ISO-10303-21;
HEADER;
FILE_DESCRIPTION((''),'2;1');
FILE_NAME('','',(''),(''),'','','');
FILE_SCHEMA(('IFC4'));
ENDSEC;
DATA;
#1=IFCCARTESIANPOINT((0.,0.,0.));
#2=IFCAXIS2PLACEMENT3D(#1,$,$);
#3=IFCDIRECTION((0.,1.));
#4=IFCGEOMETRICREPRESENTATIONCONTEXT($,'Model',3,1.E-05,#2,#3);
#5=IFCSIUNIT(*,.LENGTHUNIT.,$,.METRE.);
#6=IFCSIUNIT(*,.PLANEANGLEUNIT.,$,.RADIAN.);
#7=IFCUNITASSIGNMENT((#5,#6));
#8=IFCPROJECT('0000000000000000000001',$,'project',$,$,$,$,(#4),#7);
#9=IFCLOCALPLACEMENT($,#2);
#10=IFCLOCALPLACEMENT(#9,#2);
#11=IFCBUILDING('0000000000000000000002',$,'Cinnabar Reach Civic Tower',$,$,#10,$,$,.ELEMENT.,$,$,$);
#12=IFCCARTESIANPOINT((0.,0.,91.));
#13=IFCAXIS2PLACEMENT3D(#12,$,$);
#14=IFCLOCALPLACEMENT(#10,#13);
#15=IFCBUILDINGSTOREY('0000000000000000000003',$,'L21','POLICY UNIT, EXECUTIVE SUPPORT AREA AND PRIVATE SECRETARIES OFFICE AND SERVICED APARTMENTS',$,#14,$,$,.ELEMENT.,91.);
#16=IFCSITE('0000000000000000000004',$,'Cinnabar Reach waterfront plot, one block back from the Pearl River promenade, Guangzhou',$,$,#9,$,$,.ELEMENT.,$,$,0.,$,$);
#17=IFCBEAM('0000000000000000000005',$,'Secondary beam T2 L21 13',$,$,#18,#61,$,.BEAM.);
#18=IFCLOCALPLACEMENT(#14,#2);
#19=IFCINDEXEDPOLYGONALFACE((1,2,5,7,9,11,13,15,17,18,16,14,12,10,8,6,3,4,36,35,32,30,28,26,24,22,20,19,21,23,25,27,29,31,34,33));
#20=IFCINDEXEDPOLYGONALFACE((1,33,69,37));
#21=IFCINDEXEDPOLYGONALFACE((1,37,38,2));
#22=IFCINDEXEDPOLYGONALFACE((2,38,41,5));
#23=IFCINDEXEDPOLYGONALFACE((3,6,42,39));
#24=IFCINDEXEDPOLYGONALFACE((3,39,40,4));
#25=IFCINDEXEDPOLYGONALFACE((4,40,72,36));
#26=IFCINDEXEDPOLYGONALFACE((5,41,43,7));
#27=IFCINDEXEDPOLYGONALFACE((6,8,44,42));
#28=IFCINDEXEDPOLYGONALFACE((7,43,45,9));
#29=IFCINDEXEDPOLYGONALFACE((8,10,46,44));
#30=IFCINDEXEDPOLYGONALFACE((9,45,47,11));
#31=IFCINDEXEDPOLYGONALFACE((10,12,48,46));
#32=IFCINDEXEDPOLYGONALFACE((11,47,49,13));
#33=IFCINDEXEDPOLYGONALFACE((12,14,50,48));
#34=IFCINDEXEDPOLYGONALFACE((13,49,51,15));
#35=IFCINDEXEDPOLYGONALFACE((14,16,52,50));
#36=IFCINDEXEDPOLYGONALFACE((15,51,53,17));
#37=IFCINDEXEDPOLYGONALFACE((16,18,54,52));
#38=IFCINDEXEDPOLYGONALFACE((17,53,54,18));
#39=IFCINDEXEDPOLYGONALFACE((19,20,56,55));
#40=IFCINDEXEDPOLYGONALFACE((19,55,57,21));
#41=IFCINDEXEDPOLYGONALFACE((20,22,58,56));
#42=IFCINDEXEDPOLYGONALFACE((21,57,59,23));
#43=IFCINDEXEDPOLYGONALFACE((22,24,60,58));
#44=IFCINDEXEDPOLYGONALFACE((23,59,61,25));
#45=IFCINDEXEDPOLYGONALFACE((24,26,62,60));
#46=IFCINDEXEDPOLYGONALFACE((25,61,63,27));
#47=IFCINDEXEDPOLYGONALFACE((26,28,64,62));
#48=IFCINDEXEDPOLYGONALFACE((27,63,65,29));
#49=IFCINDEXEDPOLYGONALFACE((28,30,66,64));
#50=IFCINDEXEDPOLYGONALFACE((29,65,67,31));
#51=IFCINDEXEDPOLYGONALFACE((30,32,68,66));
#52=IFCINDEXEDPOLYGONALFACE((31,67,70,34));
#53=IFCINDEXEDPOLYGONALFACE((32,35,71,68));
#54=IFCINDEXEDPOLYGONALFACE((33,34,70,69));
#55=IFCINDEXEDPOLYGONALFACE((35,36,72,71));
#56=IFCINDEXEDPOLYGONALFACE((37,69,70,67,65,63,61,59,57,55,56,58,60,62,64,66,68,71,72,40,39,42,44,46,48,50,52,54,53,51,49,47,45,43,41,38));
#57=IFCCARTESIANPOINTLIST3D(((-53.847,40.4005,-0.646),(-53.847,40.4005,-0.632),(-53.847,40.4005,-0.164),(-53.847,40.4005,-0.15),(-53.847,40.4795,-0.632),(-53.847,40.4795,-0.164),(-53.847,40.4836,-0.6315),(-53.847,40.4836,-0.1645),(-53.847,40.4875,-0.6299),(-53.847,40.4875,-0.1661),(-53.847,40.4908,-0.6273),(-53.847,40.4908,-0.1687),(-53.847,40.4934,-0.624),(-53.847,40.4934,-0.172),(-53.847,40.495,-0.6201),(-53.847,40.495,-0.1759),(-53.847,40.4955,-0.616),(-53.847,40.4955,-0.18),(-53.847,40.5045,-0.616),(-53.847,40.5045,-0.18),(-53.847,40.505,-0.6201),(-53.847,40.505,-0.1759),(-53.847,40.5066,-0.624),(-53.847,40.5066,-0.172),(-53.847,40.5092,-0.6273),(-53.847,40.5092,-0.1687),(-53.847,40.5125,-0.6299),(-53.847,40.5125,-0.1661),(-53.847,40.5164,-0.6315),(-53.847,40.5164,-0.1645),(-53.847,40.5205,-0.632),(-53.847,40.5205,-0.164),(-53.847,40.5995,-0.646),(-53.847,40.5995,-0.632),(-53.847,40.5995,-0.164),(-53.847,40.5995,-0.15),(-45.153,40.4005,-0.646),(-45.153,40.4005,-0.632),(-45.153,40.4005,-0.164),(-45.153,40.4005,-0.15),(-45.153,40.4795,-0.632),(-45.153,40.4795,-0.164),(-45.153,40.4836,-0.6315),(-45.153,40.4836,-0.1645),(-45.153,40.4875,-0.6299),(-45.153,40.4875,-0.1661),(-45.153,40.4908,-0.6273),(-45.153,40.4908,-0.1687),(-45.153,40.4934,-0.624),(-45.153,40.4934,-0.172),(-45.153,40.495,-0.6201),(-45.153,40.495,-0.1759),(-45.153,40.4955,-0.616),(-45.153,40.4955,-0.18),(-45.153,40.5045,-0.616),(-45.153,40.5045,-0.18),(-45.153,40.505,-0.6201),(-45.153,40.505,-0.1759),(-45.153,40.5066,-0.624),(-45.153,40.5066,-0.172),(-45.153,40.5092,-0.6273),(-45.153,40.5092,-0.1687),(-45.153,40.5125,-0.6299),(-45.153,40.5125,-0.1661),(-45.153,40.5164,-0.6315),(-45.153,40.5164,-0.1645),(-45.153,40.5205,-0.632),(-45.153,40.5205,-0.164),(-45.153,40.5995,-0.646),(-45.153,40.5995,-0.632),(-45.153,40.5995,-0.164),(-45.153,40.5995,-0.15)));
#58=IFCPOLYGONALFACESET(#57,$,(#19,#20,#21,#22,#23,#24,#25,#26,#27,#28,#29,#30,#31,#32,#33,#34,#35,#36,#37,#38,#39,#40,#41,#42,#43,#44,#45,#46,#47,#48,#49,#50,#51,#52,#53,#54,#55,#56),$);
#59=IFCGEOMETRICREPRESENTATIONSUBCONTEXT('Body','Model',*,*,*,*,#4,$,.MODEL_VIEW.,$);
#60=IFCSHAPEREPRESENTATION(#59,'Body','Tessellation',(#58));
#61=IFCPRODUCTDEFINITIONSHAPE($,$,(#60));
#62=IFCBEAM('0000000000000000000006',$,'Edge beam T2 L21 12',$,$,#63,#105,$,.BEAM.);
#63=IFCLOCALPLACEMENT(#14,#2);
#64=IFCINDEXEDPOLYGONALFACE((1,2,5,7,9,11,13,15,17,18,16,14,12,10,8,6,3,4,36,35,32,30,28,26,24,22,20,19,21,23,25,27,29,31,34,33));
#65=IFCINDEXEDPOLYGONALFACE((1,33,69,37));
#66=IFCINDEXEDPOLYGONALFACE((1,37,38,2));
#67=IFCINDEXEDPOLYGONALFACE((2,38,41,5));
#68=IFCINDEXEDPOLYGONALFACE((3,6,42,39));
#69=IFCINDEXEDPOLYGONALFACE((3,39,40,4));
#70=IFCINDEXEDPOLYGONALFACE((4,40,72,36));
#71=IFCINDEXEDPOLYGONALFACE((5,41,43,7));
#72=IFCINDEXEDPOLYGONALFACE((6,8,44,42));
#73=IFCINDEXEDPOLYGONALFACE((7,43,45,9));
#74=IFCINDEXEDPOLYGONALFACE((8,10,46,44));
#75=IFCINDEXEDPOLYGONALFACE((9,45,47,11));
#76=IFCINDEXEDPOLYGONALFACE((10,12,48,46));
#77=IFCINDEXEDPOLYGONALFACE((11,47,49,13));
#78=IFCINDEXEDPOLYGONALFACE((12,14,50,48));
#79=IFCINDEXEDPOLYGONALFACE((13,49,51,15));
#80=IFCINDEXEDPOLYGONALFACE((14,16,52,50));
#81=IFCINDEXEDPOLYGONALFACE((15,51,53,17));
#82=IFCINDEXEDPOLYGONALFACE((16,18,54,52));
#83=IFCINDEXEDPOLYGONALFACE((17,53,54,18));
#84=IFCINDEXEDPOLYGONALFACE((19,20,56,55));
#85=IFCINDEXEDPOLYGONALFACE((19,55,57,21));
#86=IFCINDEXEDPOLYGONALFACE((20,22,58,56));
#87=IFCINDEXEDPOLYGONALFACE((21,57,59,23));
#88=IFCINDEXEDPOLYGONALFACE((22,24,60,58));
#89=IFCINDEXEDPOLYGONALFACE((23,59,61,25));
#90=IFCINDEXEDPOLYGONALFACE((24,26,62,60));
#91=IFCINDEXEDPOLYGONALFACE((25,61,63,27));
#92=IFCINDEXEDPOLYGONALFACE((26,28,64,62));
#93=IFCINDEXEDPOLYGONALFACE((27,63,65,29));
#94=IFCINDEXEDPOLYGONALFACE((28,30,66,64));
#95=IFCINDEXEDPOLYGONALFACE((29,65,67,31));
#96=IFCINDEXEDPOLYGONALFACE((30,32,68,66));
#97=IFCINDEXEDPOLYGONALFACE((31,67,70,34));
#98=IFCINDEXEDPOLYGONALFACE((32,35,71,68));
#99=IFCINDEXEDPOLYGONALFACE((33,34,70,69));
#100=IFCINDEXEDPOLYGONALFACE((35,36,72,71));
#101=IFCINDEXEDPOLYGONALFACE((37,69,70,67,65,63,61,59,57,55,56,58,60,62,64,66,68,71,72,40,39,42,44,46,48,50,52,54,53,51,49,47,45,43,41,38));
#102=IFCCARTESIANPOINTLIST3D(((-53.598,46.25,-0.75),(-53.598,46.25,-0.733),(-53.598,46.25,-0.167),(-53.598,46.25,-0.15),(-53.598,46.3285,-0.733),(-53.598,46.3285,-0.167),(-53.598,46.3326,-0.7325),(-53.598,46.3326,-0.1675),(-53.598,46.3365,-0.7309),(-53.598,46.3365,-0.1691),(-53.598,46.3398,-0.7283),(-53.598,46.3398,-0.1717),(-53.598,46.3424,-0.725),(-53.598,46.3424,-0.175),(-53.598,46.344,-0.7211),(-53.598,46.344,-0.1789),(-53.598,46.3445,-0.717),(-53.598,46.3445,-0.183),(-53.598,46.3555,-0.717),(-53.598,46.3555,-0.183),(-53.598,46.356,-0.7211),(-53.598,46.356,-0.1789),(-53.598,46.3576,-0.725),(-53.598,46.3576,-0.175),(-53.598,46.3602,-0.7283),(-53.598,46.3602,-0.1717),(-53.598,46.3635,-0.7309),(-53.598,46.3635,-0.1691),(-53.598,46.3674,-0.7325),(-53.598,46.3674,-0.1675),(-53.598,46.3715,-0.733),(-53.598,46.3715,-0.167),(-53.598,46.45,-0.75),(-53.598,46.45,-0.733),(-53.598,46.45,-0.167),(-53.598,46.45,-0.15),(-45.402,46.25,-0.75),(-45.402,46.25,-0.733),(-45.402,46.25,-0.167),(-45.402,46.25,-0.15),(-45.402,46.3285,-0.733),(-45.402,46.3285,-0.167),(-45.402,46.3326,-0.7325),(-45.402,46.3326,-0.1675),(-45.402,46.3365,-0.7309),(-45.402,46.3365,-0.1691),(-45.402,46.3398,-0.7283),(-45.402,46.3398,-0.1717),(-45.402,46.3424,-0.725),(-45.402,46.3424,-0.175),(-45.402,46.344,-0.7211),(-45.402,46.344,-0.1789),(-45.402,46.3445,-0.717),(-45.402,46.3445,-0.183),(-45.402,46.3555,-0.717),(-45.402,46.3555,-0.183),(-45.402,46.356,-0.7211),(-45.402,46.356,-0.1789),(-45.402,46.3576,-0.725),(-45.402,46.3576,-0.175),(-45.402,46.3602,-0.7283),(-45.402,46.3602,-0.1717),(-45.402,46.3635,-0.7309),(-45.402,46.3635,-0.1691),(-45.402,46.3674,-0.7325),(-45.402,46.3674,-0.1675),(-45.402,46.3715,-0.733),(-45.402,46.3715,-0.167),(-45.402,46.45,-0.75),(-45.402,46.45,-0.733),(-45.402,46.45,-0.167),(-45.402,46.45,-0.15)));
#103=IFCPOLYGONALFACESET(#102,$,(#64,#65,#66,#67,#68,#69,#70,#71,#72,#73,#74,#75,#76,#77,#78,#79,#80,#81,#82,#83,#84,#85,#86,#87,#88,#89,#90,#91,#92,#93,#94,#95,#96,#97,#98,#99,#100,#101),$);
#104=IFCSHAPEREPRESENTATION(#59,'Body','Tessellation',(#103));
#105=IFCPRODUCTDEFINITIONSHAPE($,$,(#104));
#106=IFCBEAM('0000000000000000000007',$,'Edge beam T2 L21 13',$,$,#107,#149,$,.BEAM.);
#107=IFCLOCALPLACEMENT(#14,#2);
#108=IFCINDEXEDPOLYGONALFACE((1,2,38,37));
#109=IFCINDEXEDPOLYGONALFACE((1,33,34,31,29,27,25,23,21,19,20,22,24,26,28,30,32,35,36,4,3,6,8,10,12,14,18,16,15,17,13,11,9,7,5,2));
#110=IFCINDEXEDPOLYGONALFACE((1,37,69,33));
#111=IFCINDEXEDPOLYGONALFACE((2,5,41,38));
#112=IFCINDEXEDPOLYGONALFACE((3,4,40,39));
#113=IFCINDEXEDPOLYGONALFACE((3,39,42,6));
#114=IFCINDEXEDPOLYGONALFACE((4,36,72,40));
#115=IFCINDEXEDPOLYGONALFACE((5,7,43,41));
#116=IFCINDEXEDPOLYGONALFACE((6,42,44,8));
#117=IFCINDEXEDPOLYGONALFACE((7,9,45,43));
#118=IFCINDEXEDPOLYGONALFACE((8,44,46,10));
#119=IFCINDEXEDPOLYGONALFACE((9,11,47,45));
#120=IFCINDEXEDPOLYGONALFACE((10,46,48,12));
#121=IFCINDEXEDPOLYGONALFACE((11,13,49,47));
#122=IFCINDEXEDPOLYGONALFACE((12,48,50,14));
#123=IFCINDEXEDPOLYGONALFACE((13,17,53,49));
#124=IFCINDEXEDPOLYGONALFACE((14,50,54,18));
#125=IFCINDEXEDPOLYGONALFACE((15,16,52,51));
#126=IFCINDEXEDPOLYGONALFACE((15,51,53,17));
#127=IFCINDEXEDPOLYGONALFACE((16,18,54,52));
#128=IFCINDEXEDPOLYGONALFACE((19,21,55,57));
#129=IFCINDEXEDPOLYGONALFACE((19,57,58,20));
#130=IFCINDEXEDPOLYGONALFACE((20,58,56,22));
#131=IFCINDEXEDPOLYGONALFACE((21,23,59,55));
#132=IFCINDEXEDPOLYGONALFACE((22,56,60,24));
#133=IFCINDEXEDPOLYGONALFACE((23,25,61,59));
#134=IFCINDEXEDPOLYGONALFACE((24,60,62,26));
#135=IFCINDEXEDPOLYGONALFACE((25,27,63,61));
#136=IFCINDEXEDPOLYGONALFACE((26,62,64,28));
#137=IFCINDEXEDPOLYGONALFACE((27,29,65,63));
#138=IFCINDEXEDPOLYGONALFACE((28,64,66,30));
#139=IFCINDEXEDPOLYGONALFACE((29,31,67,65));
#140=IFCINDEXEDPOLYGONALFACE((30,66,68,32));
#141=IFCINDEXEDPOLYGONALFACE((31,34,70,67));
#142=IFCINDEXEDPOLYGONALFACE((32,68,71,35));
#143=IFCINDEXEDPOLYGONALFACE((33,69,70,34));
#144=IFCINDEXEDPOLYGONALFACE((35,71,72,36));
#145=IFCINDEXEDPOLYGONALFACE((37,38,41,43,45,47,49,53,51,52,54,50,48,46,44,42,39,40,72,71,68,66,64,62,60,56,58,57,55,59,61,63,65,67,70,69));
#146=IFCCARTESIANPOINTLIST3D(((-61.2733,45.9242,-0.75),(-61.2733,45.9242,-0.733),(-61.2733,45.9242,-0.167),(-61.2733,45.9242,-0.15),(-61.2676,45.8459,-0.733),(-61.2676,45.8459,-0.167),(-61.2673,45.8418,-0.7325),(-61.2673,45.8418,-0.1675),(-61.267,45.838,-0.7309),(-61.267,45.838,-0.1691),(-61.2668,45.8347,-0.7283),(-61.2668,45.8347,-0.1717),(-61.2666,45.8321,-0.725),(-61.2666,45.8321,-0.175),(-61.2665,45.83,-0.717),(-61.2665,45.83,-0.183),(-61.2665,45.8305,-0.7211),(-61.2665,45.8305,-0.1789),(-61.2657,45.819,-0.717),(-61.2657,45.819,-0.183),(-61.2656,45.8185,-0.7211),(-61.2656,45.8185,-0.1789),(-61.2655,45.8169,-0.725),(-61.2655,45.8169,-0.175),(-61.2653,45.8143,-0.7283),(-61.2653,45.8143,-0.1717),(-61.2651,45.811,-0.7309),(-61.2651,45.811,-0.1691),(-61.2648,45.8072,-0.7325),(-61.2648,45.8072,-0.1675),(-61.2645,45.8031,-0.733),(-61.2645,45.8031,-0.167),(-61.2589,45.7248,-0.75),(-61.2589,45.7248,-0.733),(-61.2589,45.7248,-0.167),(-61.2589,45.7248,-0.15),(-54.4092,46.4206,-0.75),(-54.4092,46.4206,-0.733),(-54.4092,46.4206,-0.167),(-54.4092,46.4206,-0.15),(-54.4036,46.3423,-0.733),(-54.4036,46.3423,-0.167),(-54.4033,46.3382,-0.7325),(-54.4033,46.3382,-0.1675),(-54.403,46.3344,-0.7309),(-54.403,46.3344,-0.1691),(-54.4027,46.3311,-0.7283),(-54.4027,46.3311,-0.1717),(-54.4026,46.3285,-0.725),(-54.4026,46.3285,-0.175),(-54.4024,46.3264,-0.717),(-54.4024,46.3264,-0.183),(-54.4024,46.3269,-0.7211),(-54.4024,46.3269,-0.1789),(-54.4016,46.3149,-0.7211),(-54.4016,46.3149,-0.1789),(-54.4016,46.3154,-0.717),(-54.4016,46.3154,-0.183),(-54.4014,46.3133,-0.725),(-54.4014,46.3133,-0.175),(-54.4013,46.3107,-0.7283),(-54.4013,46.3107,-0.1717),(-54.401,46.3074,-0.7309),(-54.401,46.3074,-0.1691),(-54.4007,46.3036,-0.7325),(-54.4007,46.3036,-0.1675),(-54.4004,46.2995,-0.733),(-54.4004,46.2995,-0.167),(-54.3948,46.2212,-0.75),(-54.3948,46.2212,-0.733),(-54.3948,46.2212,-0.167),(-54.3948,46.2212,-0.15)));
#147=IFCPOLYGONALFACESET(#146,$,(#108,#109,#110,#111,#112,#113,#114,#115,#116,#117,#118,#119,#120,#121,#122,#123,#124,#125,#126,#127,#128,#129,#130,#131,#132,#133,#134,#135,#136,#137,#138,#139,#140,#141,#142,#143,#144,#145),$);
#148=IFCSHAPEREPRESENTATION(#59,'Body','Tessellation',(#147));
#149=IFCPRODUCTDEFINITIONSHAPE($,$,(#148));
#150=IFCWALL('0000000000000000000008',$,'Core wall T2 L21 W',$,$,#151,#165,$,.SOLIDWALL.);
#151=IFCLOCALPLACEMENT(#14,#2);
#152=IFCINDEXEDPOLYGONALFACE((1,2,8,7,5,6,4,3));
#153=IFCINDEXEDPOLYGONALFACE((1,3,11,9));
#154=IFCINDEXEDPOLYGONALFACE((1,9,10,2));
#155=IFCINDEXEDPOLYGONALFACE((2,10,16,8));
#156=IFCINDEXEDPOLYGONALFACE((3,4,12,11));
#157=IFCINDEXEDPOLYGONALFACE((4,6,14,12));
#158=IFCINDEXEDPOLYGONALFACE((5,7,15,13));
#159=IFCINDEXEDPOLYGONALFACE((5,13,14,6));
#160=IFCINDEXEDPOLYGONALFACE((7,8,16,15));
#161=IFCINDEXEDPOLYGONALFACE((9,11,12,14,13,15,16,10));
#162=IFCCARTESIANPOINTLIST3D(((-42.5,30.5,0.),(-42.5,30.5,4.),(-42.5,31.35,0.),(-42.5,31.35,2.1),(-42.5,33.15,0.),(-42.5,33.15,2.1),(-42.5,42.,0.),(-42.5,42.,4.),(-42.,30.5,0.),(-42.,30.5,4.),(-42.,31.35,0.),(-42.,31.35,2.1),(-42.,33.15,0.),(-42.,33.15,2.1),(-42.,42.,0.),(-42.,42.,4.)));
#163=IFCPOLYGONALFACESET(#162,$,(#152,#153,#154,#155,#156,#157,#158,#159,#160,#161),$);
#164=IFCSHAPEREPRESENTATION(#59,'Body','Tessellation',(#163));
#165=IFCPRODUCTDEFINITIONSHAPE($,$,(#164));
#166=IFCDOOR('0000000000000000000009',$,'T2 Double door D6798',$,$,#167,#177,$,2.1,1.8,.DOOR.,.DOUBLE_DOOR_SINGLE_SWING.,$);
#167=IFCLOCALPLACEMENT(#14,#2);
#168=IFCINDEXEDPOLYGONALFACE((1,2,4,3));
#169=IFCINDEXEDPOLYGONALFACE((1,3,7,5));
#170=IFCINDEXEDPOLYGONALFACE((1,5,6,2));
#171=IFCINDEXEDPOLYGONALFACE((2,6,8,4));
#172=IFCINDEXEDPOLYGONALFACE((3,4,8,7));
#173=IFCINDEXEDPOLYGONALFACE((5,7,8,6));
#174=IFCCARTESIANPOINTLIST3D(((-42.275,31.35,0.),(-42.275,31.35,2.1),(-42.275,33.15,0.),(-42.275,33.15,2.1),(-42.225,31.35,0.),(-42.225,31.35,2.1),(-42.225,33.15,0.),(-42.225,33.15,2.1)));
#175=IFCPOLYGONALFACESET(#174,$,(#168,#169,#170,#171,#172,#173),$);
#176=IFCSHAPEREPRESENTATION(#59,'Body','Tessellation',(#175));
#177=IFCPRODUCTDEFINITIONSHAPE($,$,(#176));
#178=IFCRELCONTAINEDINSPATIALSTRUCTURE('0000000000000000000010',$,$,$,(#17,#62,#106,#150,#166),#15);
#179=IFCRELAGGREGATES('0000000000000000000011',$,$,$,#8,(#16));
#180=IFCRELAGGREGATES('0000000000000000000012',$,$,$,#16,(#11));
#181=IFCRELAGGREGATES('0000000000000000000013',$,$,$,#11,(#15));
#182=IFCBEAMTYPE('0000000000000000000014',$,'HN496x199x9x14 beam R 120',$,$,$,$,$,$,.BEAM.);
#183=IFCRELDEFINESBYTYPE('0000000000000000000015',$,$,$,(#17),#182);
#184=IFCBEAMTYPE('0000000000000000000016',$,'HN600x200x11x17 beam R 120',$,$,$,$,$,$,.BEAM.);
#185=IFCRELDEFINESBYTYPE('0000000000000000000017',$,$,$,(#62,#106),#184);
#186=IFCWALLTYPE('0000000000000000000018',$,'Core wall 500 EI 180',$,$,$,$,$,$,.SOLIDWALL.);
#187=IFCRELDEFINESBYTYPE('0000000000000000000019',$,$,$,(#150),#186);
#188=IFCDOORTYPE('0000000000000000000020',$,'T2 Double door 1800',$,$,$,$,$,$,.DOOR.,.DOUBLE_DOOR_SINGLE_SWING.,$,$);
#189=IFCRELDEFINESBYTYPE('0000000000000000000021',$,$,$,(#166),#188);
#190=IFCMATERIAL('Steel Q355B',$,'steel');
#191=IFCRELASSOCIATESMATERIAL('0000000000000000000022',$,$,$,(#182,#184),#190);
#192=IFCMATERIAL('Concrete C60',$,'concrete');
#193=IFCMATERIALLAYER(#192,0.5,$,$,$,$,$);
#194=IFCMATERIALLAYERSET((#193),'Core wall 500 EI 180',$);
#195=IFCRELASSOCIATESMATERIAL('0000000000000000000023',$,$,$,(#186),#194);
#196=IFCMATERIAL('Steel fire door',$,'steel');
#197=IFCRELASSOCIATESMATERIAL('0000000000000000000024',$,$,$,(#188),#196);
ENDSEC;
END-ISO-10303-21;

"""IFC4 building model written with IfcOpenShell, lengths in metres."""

from ifc_helpers import new_model, si_unit, direction, frame, frame_2d, origin, origin_2d, place, context, subcontext, project, spatial, rectangle, i_section, extrude, material, layer, layer_set, material_profile, profile_set, type_object, element, fill, save


model = new_model("IFC4")

# Units and contexts
model_context = context("Model", 3, precision=1e-05, world=origin(), true_north=direction((0.0, 1.0)))
body_context = subcontext(model_context, "Body", "Model", "MODEL_VIEW")
ifc_project = project(units=[si_unit("LENGTHUNIT", "METRE"), si_unit("PLANEANGLEUNIT", "RADIAN")], contexts=[model_context])

# Site, building, storey
site_placement = place(None, origin())
site = spatial("IfcSite", under=ifc_project, at=site_placement, Name="Cinnabar Reach waterfront plot, one block back from the Pearl River promenade, Guangzhou", CompositionType="ELEMENT", RefElevation=0.0)
building_placement = place(site_placement, origin())
building = spatial("IfcBuilding", under=site, at=building_placement, Name="Cinnabar Reach Civic Tower", CompositionType="ELEMENT")
storey_placement = place(building_placement, frame((0.0, 0.0, 91.0)))
storey = spatial("IfcBuildingStorey", under=building, at=storey_placement, Name="L21", Description="POLICY UNIT, EXECUTIVE SUPPORT AREA AND PRIVATE SECRETARIES OFFICE AND SERVICED APARTMENTS", CompositionType="ELEMENT", Elevation=91.0)

# Shared definitions
ifc_material_1 = material(Name="Concrete C60", Category="concrete")

# Beams
ifc_material_2 = material(Name="Steel Q355B", Category="steel")
ifc_material_profile_1 = material_profile(ifc_material_2, i_section(OverallWidth=0.199, OverallDepth=0.496, WebThickness=0.009, FlangeThickness=0.014, FilletRadius=0.016, at=origin_2d()), Name="HN496x199x9x14")
ifc_profile_set_1 = profile_set([ifc_material_profile_1], Name="Steel Q355B")
beam_type_1 = type_object("IfcBeamType", Name="HN496x199x9x14 beam R 120", PredefinedType="BEAM", material=ifc_profile_set_1)
beam_1_placement = place(storey_placement, frame((-53.847, 40.5, -0.398), z_axis=(1.0, 0.0, 0.0), x_axis=(0.0, 1.0, 0.0)))
element("IfcBeam", 1, at=beam_1_placement, inside=storey, type_object=beam_type_1, Name="Secondary beam T2 L21 13", PredefinedType="BEAM", context=body_context, shape_type="SweptSolid", body=[
    extrude(i_section(OverallWidth=0.199, OverallDepth=0.496, WebThickness=0.009, FlangeThickness=0.014, FilletRadius=0.016, at=origin_2d()), origin(), (0.0, 0.0, 1.0), 8.694),
])
ifc_material_profile_2 = material_profile(ifc_material_2, i_section(OverallWidth=0.2, OverallDepth=0.6, WebThickness=0.011, FlangeThickness=0.017, FilletRadius=0.016, at=origin_2d()), Name="HN600x200x11x17")
ifc_profile_set_2 = profile_set([ifc_material_profile_2], Name="Steel Q355B")
beam_type_2 = type_object("IfcBeamType", Name="HN600x200x11x17 beam R 120", PredefinedType="BEAM", material=ifc_profile_set_2)
beam_2_placement = place(storey_placement, frame((-45.402, 46.35, -0.45), z_axis=(-1.0, 0.0, 0.0), x_axis=(0.0, -1.0, 0.0)))
element("IfcBeam", 2, at=beam_2_placement, inside=storey, type_object=beam_type_2, Name="Edge beam T2 L21 12", PredefinedType="BEAM", context=body_context, shape_type="SweptSolid", body=[
    extrude(i_section(OverallWidth=0.2, OverallDepth=0.6, WebThickness=0.011, FlangeThickness=0.017, FilletRadius=0.016, at=origin_2d()), origin(), (0.0, 0.0, 1.0), 8.196),
])
beam_3_placement = place(storey_placement, frame((-54.402, 46.3209, -0.45), z_axis=(-0.997395, -0.07213, 0.0), x_axis=(0.07213, -0.997395, 0.0)))
element("IfcBeam", 3, at=beam_3_placement, inside=storey, type_object=beam_type_2, Name="Edge beam T2 L21 13", PredefinedType="BEAM", context=body_context, shape_type="SweptSolid", body=[
    extrude(i_section(OverallWidth=0.2, OverallDepth=0.6, WebThickness=0.011, FlangeThickness=0.017, FilletRadius=0.016, at=origin_2d()), origin(), (0.0, 0.0, 1.0), 6.882),
])

# Wall, opening, door
ifc_layer_1 = layer(ifc_material_1, 0.5)
ifc_layer_set_1 = layer_set([ifc_layer_1], Name="Core wall 500 EI 180")
wall_type_1 = type_object("IfcWallType", Name="Core wall 500 EI 180", PredefinedType="SOLIDWALL", material=ifc_layer_set_1)
wall_1_placement = place(storey_placement, frame((-42.25, 42.0, 0.0), z_axis=(0.0, 0.0, 1.0), x_axis=(0.0, -1.0, 0.0)))
wall_1 = element("IfcWall", 4, at=wall_1_placement, inside=storey, type_object=wall_type_1, Name="Core wall T2 L21 W", PredefinedType="SOLIDWALL", context=body_context, shape_type="SweptSolid", body=[
    extrude(rectangle(XDim=11.5, YDim=0.5, at=frame_2d((5.75, 0.0))), origin(), (0.0, 0.0, 1.0), 4.0),
])
opening_1_placement = place(wall_1_placement, frame((8.85, 0.0, 0.0)))
opening_1 = element("IfcOpeningElement", 5, at=opening_1_placement, cuts=wall_1, PredefinedType="OPENING", context=body_context, shape_type="SweptSolid", body=[
    extrude(rectangle(XDim=1.8, YDim=2.1, at=frame_2d((0.9, 1.05))), frame((0.0, 0.26, 0.0), z_axis=(0.0, -1.0, 0.0), x_axis=(1.0, 0.0, 0.0)), (0.0, 0.0, 1.0), 0.52),
])
ifc_material_3 = material(Name="Steel fire door", Category="steel")
door_type_1 = type_object("IfcDoorType", Name="T2 Double door 1800", OperationType="DOUBLE_DOOR_SINGLE_SWING", PredefinedType="DOOR", material=ifc_material_3)
door_1_placement = place(opening_1_placement, frame((1.8, 0.0, 0.0), z_axis=(0.0, 0.0, 1.0), x_axis=(-1.0, 0.0, 0.0)))
door_1 = element("IfcDoor", 6, at=door_1_placement, inside=storey, type_object=door_type_1, Name="T2 Double door D6798", OperationType="DOUBLE_DOOR_SINGLE_SWING", OverallHeight=2.1, OverallWidth=1.8, PredefinedType="DOOR", context=body_context, shape_type="SweptSolid", body=[
    extrude(rectangle(XDim=1.8, YDim=2.1, at=frame_2d((0.9, 1.05))), frame((0.0, 0.025, 0.0), z_axis=(0.0, -1.0, 0.0), x_axis=(1.0, 0.0, 0.0)), (0.0, 0.0, 1.0), 0.05),
])
fill(opening_1, door_1)

save(model, "model.ifc")
